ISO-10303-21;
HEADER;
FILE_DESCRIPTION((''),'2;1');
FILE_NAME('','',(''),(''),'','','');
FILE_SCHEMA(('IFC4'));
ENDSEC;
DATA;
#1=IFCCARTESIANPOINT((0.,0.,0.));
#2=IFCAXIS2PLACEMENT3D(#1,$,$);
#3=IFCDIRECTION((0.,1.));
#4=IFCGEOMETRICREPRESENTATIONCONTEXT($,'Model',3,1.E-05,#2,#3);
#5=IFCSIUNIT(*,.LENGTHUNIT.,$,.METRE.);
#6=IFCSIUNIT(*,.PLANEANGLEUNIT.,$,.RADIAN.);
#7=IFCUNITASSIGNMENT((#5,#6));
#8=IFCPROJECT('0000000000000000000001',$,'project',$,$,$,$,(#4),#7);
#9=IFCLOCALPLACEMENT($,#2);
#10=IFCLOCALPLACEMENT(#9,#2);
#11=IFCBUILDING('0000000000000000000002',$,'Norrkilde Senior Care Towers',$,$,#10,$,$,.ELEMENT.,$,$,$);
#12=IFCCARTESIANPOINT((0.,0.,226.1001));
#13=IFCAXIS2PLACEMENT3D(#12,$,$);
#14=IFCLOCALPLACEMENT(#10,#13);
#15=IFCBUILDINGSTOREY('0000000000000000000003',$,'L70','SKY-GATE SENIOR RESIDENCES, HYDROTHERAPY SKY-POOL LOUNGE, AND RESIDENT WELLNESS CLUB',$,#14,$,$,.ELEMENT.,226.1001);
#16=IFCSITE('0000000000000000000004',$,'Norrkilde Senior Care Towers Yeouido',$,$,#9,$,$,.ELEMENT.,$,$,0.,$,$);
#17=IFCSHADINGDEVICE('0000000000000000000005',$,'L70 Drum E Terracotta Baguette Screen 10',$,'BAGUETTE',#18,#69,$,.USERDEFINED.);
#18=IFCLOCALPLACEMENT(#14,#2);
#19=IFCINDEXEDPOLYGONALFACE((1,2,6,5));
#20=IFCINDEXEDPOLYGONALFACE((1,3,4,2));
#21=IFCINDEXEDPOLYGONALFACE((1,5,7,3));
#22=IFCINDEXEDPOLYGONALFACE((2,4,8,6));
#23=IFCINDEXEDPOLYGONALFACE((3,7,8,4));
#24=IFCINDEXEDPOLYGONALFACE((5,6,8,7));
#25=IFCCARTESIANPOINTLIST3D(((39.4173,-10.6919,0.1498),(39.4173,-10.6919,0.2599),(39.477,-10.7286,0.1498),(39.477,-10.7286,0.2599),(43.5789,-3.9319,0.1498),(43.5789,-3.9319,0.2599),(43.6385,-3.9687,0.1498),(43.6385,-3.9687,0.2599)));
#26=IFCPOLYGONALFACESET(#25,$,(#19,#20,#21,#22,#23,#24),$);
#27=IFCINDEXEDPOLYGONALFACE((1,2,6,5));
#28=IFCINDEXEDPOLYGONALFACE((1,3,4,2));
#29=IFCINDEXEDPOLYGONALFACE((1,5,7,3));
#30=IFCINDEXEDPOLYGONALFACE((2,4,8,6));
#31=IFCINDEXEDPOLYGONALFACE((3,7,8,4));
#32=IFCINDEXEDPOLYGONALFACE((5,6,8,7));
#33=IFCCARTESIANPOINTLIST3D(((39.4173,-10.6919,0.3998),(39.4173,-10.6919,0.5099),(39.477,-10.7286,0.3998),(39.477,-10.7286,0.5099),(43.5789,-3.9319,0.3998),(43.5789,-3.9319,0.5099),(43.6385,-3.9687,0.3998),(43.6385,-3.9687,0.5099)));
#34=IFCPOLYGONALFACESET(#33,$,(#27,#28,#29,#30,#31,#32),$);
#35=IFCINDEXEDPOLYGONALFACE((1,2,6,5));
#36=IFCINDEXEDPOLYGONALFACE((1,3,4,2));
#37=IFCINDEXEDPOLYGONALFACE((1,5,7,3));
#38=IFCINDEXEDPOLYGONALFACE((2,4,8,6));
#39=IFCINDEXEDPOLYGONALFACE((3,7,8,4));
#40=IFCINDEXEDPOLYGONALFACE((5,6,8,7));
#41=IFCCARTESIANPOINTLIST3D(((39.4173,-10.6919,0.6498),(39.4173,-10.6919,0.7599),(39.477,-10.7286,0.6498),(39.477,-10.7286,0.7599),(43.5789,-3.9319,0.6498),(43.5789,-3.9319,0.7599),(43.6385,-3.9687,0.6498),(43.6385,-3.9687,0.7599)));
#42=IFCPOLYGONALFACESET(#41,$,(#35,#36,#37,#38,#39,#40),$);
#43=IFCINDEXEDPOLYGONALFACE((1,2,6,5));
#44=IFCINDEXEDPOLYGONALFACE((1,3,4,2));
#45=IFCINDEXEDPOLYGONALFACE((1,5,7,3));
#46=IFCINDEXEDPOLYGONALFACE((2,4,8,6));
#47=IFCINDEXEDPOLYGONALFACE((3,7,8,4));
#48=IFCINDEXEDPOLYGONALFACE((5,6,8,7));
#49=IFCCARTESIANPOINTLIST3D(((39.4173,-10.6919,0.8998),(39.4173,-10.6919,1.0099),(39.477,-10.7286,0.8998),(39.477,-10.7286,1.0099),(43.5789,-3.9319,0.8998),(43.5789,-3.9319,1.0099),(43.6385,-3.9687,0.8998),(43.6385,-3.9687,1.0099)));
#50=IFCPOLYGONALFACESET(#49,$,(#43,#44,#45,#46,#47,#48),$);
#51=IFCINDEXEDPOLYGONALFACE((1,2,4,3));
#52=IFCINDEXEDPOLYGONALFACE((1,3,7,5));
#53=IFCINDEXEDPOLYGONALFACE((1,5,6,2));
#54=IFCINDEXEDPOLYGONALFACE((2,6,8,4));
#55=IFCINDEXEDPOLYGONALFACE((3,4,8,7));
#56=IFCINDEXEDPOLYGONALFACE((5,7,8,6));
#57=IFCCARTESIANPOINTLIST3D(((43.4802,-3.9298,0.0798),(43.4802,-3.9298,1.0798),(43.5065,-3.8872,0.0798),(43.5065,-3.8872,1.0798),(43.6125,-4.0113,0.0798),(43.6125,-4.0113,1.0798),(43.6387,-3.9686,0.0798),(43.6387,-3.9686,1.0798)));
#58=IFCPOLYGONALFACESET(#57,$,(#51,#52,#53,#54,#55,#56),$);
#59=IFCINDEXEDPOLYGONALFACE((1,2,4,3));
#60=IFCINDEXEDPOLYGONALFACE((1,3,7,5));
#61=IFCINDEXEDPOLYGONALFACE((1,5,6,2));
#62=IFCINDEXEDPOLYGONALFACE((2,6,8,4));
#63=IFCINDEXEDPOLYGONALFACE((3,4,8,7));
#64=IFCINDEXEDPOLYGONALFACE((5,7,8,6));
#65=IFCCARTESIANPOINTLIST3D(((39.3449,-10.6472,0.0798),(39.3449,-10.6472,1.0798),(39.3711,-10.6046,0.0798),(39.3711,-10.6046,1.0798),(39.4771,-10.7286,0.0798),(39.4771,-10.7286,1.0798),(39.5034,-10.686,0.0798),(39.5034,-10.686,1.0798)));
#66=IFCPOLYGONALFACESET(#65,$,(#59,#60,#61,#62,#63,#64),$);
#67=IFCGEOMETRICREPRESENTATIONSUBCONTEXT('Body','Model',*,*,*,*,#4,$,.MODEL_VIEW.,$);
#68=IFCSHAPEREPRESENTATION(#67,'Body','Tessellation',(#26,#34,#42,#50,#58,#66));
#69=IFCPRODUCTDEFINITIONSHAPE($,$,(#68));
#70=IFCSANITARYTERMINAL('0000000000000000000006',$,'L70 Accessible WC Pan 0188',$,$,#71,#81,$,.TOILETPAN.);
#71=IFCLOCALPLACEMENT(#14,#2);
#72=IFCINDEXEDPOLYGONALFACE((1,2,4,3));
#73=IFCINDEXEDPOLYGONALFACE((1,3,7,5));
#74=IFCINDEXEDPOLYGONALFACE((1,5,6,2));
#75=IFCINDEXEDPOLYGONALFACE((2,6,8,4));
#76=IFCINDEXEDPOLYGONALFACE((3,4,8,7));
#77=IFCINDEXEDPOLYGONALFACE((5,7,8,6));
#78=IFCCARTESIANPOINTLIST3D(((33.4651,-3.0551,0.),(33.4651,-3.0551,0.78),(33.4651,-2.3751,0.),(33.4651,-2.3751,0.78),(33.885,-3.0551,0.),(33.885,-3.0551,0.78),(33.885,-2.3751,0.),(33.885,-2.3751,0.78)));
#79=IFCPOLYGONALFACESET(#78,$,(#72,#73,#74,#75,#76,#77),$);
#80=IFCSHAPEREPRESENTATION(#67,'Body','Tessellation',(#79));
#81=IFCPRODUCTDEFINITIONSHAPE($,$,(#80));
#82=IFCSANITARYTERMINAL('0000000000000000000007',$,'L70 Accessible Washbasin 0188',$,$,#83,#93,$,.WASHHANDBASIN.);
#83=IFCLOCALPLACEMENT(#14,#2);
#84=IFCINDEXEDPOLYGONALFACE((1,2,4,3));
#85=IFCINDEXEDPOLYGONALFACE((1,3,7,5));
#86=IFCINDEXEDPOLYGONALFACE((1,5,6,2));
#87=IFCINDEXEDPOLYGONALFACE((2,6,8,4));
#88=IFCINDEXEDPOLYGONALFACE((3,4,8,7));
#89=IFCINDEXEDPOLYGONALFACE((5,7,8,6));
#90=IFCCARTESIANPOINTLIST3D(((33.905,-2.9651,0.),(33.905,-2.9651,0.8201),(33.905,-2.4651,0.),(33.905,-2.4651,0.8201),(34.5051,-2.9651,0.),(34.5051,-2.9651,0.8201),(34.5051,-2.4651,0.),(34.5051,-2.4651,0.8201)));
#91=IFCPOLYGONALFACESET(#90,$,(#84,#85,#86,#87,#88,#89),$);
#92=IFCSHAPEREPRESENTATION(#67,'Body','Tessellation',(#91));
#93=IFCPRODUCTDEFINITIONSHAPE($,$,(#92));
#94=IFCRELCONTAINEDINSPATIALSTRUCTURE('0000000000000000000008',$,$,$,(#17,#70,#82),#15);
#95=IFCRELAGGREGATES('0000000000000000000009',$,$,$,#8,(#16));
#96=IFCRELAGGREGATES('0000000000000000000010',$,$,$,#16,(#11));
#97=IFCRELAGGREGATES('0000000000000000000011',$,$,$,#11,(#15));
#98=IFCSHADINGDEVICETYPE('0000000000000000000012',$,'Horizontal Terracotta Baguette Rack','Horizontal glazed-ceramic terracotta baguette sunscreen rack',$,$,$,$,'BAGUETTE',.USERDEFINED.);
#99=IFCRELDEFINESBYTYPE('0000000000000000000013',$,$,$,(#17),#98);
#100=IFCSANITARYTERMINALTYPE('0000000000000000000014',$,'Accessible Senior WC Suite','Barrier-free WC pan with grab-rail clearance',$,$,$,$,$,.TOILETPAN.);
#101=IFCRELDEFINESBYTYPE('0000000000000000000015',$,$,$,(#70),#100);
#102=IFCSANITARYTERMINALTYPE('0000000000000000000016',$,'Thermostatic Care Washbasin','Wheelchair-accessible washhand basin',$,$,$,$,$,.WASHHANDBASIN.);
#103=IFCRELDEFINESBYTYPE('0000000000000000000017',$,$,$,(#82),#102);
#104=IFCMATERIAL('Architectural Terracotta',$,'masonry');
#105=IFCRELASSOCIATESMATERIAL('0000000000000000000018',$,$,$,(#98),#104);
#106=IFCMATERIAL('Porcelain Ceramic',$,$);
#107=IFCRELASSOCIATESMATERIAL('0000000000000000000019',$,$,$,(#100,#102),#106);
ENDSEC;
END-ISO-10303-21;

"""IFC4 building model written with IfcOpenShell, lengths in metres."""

from ifc_helpers import new_model, si_unit, direction, frame, origin, origin_2d, place, context, subcontext, project, spatial, rectangle, extrude, source, transform, mapped, material, type_object, type_shapes, element, save


model = new_model("IFC4")

# Units and contexts
model_context = context("Model", 3, precision=1e-05, world=origin(), true_north=direction((0.0, 1.0)))
body_context = subcontext(model_context, "Body", "Model", "MODEL_VIEW")
ifc_project = project(units=[si_unit("LENGTHUNIT", "METRE"), si_unit("PLANEANGLEUNIT", "RADIAN")], contexts=[model_context])

# Site, building, storey
site_placement = place(None, origin())
site = spatial("IfcSite", under=ifc_project, at=site_placement, Name="Norrkilde Senior Care Towers Yeouido", CompositionType="ELEMENT", RefElevation=0.0)
building_placement = place(site_placement, origin())
building = spatial("IfcBuilding", under=site, at=building_placement, Name="Norrkilde Senior Care Towers", CompositionType="ELEMENT")
storey_placement = place(building_placement, frame((0.0, 0.0, 226.1001)))
storey = spatial("IfcBuildingStorey", under=building, at=storey_placement, Name="L70", Description="SKY-GATE SENIOR RESIDENCES, HYDROTHERAPY SKY-POOL LOUNGE, AND RESIDENT WELLNESS CLUB", CompositionType="ELEMENT", Elevation=226.1001)

# Shading device
ifc_material_1 = material(Name="Architectural Terracotta", Category="masonry")
shading_device_type = type_object("IfcShadingDeviceType", Name="Horizontal Terracotta Baguette Rack", Description="Horizontal glazed-ceramic terracotta baguette sunscreen rack", ElementType="BAGUETTE", PredefinedType="USERDEFINED", material=ifc_material_1)
shared_shape_1 = source(origin(), body_context, "Body", "SweptSolid", [
    extrude(rectangle(XDim=0.0701, YDim=0.1101, at=origin_2d()), frame((0.0, 0.0901, 0.125), z_axis=(1.0, 0.0, 0.0), x_axis=(0.0, 1.0, 0.0)), (0.0, 0.0, 1.0), 7.9382),
    extrude(rectangle(XDim=0.0701, YDim=0.1101, at=origin_2d()), frame((0.0, 0.0901, 0.375), z_axis=(1.0, 0.0, 0.0), x_axis=(0.0, 1.0, 0.0)), (0.0, 0.0, 1.0), 7.9382),
    extrude(rectangle(XDim=0.0701, YDim=0.1101, at=origin_2d()), frame((0.0, 0.0901, 0.625), z_axis=(1.0, 0.0, 0.0), x_axis=(0.0, 1.0, 0.0)), (0.0, 0.0, 1.0), 7.9382),
    extrude(rectangle(XDim=0.0701, YDim=0.1101, at=origin_2d()), frame((0.0, 0.0901, 0.875), z_axis=(1.0, 0.0, 0.0), x_axis=(0.0, 1.0, 0.0)), (0.0, 0.0, 1.0), 7.9382),
    extrude(rectangle(XDim=0.05, YDim=0.1553, at=origin_2d()), frame((0.0249, 0.0476, 0.0)), (0.0, 0.0, 1.0), 1.0),
    extrude(rectangle(XDim=0.05, YDim=0.1553, at=origin_2d()), frame((7.9131, 0.0476, 0.0)), (0.0, 0.0, 1.0), 1.0),
])
type_shapes(shading_device_type, [shared_shape_1])
shading_device_placement = place(storey_placement, frame((43.532, -3.9031, 0.0798), z_axis=(0.0, 0.0, 1.0), x_axis=(-0.52425, -0.851576, 0.0)))
element("IfcShadingDevice", 1, at=shading_device_placement, inside=storey, type_object=shading_device_type, Name="L70 Drum E Terracotta Baguette Screen 10", ObjectType="BAGUETTE", PredefinedType="USERDEFINED", context=body_context, shape_type="MappedRepresentation", body=[
    mapped(shared_shape_1, transform((0.0, 0.0, 0.0), x_axis=(1.0, 0.0, 0.0), y_axis=(0.0, 1.0, 0.0), z_axis=(0.0, 0.0, 1.0), scale=1.0)),
])

# Sanitary terminals
ifc_material_2 = material(Name="Porcelain Ceramic")
sanitary_terminal_type_1 = type_object("IfcSanitaryTerminalType", Name="Accessible Senior WC Suite", Description="Barrier-free WC pan with grab-rail clearance", PredefinedType="TOILETPAN", material=ifc_material_2)
shared_shape_2 = source(origin(), body_context, "Body", "SweptSolid", [
    extrude(rectangle(XDim=0.4199, YDim=0.6799, at=origin_2d()), origin(), (0.0, 0.0, 1.0), 0.78),
])
type_shapes(sanitary_terminal_type_1, [shared_shape_2])
sanitary_terminal_1_placement = place(storey_placement, frame((33.675, -2.7151, 0.0), z_axis=(0.0, 0.0, 1.0), x_axis=(1.0, 0.0, 0.0)))
element("IfcSanitaryTerminal", 2, at=sanitary_terminal_1_placement, inside=storey, type_object=sanitary_terminal_type_1, Name="L70 Accessible WC Pan 0188", PredefinedType="TOILETPAN", context=body_context, shape_type="MappedRepresentation", body=[
    mapped(shared_shape_2, transform((0.0, 0.0, 0.0), x_axis=(1.0, 0.0, 0.0), y_axis=(0.0, 1.0, 0.0), z_axis=(0.0, 0.0, 1.0), scale=1.0)),
])
sanitary_terminal_type_2 = type_object("IfcSanitaryTerminalType", Name="Thermostatic Care Washbasin", Description="Wheelchair-accessible washhand basin", PredefinedType="WASHHANDBASIN", material=ifc_material_2)
shared_shape_3 = source(origin(), body_context, "Body", "SweptSolid", [
    extrude(rectangle(XDim=0.6001, YDim=0.5, at=origin_2d()), origin(), (0.0, 0.0, 1.0), 0.8201),
])
type_shapes(sanitary_terminal_type_2, [shared_shape_3])
sanitary_terminal_2_placement = place(storey_placement, frame((34.2051, -2.7151, 0.0), z_axis=(0.0, 0.0, 1.0), x_axis=(1.0, 0.0, 0.0)))
element("IfcSanitaryTerminal", 3, at=sanitary_terminal_2_placement, inside=storey, type_object=sanitary_terminal_type_2, Name="L70 Accessible Washbasin 0188", PredefinedType="WASHHANDBASIN", context=body_context, shape_type="MappedRepresentation", body=[
    mapped(shared_shape_3, transform((0.0, 0.0, 0.0), x_axis=(1.0, 0.0, 0.0), y_axis=(0.0, 1.0, 0.0), z_axis=(0.0, 0.0, 1.0), scale=1.0)),
])

save(model, "model.ifc")
